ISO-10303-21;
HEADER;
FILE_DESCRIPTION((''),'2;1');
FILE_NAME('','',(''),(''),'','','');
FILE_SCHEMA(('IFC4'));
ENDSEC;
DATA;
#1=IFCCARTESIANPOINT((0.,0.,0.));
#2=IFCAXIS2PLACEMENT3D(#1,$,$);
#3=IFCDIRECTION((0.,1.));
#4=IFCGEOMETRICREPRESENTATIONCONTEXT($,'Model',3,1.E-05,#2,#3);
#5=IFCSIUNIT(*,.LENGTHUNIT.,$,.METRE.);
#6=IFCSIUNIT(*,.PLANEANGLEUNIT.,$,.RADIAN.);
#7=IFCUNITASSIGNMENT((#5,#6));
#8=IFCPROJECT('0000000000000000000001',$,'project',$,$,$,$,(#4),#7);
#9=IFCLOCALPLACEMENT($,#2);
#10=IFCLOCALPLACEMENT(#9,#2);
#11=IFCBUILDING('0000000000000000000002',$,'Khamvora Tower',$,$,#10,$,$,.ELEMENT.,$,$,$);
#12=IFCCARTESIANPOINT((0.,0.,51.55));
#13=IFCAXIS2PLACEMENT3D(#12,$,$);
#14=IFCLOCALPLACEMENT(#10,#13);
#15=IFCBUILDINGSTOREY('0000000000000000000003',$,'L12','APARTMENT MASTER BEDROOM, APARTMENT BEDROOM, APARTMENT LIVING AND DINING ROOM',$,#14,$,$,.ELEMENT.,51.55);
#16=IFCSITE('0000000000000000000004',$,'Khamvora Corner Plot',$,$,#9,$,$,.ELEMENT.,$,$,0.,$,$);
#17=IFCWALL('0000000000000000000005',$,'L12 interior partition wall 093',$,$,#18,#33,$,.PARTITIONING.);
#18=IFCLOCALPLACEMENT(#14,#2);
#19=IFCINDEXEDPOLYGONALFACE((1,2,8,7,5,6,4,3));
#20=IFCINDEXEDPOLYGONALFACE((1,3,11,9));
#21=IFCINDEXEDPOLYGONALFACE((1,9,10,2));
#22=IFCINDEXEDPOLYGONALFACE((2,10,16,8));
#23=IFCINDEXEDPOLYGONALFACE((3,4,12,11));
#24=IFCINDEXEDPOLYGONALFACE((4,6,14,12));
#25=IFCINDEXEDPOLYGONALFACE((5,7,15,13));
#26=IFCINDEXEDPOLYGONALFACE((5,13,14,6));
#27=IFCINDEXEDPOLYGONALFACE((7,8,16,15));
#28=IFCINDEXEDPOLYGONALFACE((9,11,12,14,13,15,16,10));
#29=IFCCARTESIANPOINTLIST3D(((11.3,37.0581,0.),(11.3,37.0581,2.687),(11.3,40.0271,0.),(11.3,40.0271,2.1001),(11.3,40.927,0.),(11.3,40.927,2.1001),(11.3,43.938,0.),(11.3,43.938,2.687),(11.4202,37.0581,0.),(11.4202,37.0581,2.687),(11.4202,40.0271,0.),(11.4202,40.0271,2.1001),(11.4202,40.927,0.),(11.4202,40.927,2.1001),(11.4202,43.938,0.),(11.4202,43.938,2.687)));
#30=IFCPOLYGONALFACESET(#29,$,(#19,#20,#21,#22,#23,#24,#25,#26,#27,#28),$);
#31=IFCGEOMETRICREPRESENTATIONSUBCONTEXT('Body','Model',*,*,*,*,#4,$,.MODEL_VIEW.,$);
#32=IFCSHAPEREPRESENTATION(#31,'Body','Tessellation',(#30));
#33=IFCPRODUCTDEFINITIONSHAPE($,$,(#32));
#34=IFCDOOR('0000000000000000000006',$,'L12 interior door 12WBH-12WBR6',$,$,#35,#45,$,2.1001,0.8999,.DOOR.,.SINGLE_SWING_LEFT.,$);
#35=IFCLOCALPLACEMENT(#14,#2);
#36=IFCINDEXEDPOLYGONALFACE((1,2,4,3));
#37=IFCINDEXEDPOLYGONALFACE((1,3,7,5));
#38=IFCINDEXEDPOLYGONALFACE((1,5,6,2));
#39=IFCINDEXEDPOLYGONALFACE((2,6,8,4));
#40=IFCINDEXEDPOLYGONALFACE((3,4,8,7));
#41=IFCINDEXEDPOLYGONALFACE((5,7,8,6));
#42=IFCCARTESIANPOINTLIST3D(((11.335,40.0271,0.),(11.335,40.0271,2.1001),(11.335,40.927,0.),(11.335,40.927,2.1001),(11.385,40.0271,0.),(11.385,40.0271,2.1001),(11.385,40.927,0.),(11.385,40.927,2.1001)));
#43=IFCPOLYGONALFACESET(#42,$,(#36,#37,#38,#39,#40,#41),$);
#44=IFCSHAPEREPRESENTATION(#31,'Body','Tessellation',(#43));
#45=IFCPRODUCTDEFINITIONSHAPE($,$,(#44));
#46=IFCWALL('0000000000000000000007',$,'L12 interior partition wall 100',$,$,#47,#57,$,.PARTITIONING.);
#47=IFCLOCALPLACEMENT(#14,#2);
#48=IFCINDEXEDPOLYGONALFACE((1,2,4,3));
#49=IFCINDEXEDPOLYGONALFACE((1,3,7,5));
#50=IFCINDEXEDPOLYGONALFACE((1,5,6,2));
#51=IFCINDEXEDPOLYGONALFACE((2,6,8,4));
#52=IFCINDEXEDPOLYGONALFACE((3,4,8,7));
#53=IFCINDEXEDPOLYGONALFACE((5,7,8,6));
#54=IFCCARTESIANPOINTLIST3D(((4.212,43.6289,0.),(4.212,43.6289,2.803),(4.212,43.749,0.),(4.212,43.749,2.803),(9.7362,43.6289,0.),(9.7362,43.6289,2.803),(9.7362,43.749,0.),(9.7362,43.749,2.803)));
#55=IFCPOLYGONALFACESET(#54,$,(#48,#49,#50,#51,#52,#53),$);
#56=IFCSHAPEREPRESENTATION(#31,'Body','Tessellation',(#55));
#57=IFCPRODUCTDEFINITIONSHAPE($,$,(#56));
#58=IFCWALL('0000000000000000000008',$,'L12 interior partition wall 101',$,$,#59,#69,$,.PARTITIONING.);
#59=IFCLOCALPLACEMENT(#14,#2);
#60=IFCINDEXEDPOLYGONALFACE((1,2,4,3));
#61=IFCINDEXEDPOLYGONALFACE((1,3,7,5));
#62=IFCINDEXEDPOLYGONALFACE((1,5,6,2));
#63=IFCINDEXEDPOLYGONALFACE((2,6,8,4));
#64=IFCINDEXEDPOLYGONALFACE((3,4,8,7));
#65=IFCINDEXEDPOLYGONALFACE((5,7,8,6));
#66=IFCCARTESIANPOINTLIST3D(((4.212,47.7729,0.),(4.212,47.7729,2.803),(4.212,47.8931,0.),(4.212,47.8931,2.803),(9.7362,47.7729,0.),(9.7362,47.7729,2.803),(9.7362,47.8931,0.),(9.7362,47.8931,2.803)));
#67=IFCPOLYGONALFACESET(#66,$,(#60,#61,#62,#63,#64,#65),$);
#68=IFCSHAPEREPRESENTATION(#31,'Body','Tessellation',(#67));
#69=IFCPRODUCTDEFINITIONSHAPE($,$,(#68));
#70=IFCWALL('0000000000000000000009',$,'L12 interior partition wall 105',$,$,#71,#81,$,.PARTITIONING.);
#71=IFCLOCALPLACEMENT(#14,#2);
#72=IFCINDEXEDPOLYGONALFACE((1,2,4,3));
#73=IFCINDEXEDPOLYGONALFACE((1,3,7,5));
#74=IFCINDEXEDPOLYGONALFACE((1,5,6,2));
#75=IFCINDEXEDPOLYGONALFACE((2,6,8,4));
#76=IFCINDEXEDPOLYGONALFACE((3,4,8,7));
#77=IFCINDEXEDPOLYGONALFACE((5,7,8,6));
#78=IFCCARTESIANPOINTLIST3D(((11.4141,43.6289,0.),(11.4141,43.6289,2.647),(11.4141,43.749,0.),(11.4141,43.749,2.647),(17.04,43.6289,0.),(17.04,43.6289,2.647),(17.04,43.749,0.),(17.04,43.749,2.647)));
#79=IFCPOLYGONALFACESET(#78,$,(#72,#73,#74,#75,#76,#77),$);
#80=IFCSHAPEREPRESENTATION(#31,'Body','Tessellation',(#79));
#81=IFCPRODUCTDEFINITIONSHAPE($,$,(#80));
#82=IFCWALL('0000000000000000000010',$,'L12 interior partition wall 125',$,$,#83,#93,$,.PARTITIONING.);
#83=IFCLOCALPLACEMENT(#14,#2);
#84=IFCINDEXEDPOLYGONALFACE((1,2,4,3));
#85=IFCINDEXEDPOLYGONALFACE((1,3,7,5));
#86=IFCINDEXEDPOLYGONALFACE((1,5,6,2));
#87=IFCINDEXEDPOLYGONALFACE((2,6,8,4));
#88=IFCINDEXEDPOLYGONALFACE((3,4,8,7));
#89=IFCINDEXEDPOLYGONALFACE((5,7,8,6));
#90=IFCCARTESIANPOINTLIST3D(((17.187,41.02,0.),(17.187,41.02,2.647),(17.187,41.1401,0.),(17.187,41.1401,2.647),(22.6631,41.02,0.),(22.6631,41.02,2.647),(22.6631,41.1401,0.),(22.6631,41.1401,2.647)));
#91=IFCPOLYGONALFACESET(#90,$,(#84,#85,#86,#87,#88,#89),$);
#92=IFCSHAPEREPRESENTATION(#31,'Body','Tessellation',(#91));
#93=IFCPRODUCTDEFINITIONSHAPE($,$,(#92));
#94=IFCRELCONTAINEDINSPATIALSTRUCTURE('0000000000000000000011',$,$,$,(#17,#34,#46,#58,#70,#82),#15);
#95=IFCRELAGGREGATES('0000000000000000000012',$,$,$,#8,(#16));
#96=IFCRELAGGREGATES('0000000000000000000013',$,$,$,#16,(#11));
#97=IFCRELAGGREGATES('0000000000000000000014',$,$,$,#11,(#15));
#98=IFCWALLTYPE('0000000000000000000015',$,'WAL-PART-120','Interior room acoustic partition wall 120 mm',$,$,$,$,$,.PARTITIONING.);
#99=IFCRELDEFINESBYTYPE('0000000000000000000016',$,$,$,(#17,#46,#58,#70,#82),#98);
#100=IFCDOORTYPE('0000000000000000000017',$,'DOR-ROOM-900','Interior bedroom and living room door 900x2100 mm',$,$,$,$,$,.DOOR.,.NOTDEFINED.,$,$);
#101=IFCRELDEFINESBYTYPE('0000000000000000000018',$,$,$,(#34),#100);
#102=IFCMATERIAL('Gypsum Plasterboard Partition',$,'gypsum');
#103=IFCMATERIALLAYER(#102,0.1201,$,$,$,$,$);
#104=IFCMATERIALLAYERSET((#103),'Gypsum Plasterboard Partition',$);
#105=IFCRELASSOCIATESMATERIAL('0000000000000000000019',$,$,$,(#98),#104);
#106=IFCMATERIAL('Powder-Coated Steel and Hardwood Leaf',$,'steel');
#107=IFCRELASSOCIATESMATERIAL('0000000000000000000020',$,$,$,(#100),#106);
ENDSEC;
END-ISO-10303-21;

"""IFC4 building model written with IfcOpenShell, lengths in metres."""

from ifc_helpers import new_model, si_unit, direction, frame, frame_2d, origin, place, context, subcontext, project, spatial, rectangle, extrude, material, layer, layer_set, type_object, element, fill, save


model = new_model("IFC4")

# Units and contexts
model_context = context("Model", 3, precision=1e-05, world=origin(), true_north=direction((0.0, 1.0)))
body_context = subcontext(model_context, "Body", "Model", "MODEL_VIEW")
ifc_project = project(units=[si_unit("LENGTHUNIT", "METRE"), si_unit("PLANEANGLEUNIT", "RADIAN")], contexts=[model_context])

# Site, building, storey
site_placement = place(None, origin())
site = spatial("IfcSite", under=ifc_project, at=site_placement, Name="Khamvora Corner Plot", CompositionType="ELEMENT", RefElevation=0.0)
building_placement = place(site_placement, origin())
building = spatial("IfcBuilding", under=site, at=building_placement, Name="Khamvora Tower", CompositionType="ELEMENT")
storey_placement = place(building_placement, frame((0.0, 0.0, 51.55)))
storey = spatial("IfcBuildingStorey", under=building, at=storey_placement, Name="L12", Description="APARTMENT MASTER BEDROOM, APARTMENT BEDROOM, APARTMENT LIVING AND DINING ROOM", CompositionType="ELEMENT", Elevation=51.55)

# Wall, opening, door
ifc_material_1 = material(Name="Gypsum Plasterboard Partition", Category="gypsum")
ifc_layer_1 = layer(ifc_material_1, 0.1201)
ifc_layer_set_1 = layer_set([ifc_layer_1], Name="Gypsum Plasterboard Partition")
wall_type_1 = type_object("IfcWallType", Name="WAL-PART-120", Description="Interior room acoustic partition wall 120 mm", PredefinedType="PARTITIONING", material=ifc_layer_set_1)
ifc_material_2 = material(Name="Powder-Coated Steel and Hardwood Leaf", Category="steel")
door_type = type_object("IfcDoorType", Name="DOR-ROOM-900", Description="Interior bedroom and living room door 900x2100 mm", OperationType="NOTDEFINED", PredefinedType="DOOR", material=ifc_material_2)
wall_1_placement = place(storey_placement, frame((11.3601, 43.938, 0.0), z_axis=(0.0, 0.0, 1.0), x_axis=(0.0, -1.0, 0.0)))
wall_1 = element("IfcWall", 1, at=wall_1_placement, inside=storey, type_object=wall_type_1, Name="L12 interior partition wall 093", PredefinedType="PARTITIONING", context=body_context, shape_type="SweptSolid", body=[
    extrude(rectangle(XDim=6.8799, YDim=0.1201, at=frame_2d((3.4399, 0.0))), origin(), (0.0, 0.0, 1.0), 2.687),
])
opening_1_placement = place(wall_1_placement, frame((3.011, 0.0, 0.0)))
opening_1 = element("IfcOpeningElement", 2, at=opening_1_placement, cuts=wall_1, PredefinedType="OPENING", context=body_context, shape_type="SweptSolid", body=[
    extrude(rectangle(XDim=0.8999, YDim=2.1001, at=frame_2d((0.45, 1.05))), frame((0.0, 0.0701, 0.0), z_axis=(0.0, -1.0, 0.0), x_axis=(1.0, 0.0, 0.0)), (0.0, 0.0, 1.0), 0.1401),
])
door_1_placement = place(opening_1_placement, origin())
door_1 = element("IfcDoor", 3, at=door_1_placement, inside=storey, type_object=door_type, Name="L12 interior door 12WBH-12WBR6", OperationType="SINGLE_SWING_LEFT", OverallHeight=2.1001, OverallWidth=0.8999, PredefinedType="DOOR", context=body_context, shape_type="SweptSolid", body=[
    extrude(rectangle(XDim=0.8999, YDim=2.1001, at=frame_2d((0.45, 1.05))), frame((0.0, 0.0249, 0.0), z_axis=(0.0, -1.0, 0.0), x_axis=(1.0, 0.0, 0.0)), (0.0, 0.0, 1.0), 0.05),
])
fill(opening_1, door_1)

# Walls
for number, where, z_axis, x_axis, name in (
    (4, (4.2119, 43.689, 0.0), (0.0, 0.0, 1.0), (1.0, 0.0, 0.0), "L12 interior partition wall 100"),
    (5, (4.2119, 47.833, 0.0), (0.0, 0.0, 1.0), (1.0, 0.0, 0.0), "L12 interior partition wall 101"),
):
    element("IfcWall", number, at=place(storey_placement, frame(where, z_axis=z_axis, x_axis=x_axis)), inside=storey, type_object=wall_type_1, Name=name, PredefinedType="PARTITIONING", context=body_context, shape_type="SweptSolid", body=[
        extrude(rectangle(XDim=5.5242, YDim=0.1201, at=frame_2d((2.7622, 0.0))), origin(), (0.0, 0.0, 1.0), 2.803),
    ])
wall_2_placement = place(storey_placement, frame((11.4141, 43.689, 0.0), z_axis=(0.0, 0.0, 1.0), x_axis=(1.0, 0.0, 0.0)))
element("IfcWall", 6, at=wall_2_placement, inside=storey, type_object=wall_type_1, Name="L12 interior partition wall 105", PredefinedType="PARTITIONING", context=body_context, shape_type="SweptSolid", body=[
    extrude(rectangle(XDim=5.626, YDim=0.1201, at=frame_2d((2.813, 0.0))), origin(), (0.0, 0.0, 1.0), 2.647),
])
wall_3_placement = place(storey_placement, frame((17.187, 41.0801, 0.0), z_axis=(0.0, 0.0, 1.0), x_axis=(1.0, 0.0, 0.0)))
element("IfcWall", 7, at=wall_3_placement, inside=storey, type_object=wall_type_1, Name="L12 interior partition wall 125", PredefinedType="PARTITIONING", context=body_context, shape_type="SweptSolid", body=[
    extrude(rectangle(XDim=5.4761, YDim=0.1201, at=frame_2d((2.738, 0.0))), origin(), (0.0, 0.0, 1.0), 2.647),
])

save(model, "model.ifc")
